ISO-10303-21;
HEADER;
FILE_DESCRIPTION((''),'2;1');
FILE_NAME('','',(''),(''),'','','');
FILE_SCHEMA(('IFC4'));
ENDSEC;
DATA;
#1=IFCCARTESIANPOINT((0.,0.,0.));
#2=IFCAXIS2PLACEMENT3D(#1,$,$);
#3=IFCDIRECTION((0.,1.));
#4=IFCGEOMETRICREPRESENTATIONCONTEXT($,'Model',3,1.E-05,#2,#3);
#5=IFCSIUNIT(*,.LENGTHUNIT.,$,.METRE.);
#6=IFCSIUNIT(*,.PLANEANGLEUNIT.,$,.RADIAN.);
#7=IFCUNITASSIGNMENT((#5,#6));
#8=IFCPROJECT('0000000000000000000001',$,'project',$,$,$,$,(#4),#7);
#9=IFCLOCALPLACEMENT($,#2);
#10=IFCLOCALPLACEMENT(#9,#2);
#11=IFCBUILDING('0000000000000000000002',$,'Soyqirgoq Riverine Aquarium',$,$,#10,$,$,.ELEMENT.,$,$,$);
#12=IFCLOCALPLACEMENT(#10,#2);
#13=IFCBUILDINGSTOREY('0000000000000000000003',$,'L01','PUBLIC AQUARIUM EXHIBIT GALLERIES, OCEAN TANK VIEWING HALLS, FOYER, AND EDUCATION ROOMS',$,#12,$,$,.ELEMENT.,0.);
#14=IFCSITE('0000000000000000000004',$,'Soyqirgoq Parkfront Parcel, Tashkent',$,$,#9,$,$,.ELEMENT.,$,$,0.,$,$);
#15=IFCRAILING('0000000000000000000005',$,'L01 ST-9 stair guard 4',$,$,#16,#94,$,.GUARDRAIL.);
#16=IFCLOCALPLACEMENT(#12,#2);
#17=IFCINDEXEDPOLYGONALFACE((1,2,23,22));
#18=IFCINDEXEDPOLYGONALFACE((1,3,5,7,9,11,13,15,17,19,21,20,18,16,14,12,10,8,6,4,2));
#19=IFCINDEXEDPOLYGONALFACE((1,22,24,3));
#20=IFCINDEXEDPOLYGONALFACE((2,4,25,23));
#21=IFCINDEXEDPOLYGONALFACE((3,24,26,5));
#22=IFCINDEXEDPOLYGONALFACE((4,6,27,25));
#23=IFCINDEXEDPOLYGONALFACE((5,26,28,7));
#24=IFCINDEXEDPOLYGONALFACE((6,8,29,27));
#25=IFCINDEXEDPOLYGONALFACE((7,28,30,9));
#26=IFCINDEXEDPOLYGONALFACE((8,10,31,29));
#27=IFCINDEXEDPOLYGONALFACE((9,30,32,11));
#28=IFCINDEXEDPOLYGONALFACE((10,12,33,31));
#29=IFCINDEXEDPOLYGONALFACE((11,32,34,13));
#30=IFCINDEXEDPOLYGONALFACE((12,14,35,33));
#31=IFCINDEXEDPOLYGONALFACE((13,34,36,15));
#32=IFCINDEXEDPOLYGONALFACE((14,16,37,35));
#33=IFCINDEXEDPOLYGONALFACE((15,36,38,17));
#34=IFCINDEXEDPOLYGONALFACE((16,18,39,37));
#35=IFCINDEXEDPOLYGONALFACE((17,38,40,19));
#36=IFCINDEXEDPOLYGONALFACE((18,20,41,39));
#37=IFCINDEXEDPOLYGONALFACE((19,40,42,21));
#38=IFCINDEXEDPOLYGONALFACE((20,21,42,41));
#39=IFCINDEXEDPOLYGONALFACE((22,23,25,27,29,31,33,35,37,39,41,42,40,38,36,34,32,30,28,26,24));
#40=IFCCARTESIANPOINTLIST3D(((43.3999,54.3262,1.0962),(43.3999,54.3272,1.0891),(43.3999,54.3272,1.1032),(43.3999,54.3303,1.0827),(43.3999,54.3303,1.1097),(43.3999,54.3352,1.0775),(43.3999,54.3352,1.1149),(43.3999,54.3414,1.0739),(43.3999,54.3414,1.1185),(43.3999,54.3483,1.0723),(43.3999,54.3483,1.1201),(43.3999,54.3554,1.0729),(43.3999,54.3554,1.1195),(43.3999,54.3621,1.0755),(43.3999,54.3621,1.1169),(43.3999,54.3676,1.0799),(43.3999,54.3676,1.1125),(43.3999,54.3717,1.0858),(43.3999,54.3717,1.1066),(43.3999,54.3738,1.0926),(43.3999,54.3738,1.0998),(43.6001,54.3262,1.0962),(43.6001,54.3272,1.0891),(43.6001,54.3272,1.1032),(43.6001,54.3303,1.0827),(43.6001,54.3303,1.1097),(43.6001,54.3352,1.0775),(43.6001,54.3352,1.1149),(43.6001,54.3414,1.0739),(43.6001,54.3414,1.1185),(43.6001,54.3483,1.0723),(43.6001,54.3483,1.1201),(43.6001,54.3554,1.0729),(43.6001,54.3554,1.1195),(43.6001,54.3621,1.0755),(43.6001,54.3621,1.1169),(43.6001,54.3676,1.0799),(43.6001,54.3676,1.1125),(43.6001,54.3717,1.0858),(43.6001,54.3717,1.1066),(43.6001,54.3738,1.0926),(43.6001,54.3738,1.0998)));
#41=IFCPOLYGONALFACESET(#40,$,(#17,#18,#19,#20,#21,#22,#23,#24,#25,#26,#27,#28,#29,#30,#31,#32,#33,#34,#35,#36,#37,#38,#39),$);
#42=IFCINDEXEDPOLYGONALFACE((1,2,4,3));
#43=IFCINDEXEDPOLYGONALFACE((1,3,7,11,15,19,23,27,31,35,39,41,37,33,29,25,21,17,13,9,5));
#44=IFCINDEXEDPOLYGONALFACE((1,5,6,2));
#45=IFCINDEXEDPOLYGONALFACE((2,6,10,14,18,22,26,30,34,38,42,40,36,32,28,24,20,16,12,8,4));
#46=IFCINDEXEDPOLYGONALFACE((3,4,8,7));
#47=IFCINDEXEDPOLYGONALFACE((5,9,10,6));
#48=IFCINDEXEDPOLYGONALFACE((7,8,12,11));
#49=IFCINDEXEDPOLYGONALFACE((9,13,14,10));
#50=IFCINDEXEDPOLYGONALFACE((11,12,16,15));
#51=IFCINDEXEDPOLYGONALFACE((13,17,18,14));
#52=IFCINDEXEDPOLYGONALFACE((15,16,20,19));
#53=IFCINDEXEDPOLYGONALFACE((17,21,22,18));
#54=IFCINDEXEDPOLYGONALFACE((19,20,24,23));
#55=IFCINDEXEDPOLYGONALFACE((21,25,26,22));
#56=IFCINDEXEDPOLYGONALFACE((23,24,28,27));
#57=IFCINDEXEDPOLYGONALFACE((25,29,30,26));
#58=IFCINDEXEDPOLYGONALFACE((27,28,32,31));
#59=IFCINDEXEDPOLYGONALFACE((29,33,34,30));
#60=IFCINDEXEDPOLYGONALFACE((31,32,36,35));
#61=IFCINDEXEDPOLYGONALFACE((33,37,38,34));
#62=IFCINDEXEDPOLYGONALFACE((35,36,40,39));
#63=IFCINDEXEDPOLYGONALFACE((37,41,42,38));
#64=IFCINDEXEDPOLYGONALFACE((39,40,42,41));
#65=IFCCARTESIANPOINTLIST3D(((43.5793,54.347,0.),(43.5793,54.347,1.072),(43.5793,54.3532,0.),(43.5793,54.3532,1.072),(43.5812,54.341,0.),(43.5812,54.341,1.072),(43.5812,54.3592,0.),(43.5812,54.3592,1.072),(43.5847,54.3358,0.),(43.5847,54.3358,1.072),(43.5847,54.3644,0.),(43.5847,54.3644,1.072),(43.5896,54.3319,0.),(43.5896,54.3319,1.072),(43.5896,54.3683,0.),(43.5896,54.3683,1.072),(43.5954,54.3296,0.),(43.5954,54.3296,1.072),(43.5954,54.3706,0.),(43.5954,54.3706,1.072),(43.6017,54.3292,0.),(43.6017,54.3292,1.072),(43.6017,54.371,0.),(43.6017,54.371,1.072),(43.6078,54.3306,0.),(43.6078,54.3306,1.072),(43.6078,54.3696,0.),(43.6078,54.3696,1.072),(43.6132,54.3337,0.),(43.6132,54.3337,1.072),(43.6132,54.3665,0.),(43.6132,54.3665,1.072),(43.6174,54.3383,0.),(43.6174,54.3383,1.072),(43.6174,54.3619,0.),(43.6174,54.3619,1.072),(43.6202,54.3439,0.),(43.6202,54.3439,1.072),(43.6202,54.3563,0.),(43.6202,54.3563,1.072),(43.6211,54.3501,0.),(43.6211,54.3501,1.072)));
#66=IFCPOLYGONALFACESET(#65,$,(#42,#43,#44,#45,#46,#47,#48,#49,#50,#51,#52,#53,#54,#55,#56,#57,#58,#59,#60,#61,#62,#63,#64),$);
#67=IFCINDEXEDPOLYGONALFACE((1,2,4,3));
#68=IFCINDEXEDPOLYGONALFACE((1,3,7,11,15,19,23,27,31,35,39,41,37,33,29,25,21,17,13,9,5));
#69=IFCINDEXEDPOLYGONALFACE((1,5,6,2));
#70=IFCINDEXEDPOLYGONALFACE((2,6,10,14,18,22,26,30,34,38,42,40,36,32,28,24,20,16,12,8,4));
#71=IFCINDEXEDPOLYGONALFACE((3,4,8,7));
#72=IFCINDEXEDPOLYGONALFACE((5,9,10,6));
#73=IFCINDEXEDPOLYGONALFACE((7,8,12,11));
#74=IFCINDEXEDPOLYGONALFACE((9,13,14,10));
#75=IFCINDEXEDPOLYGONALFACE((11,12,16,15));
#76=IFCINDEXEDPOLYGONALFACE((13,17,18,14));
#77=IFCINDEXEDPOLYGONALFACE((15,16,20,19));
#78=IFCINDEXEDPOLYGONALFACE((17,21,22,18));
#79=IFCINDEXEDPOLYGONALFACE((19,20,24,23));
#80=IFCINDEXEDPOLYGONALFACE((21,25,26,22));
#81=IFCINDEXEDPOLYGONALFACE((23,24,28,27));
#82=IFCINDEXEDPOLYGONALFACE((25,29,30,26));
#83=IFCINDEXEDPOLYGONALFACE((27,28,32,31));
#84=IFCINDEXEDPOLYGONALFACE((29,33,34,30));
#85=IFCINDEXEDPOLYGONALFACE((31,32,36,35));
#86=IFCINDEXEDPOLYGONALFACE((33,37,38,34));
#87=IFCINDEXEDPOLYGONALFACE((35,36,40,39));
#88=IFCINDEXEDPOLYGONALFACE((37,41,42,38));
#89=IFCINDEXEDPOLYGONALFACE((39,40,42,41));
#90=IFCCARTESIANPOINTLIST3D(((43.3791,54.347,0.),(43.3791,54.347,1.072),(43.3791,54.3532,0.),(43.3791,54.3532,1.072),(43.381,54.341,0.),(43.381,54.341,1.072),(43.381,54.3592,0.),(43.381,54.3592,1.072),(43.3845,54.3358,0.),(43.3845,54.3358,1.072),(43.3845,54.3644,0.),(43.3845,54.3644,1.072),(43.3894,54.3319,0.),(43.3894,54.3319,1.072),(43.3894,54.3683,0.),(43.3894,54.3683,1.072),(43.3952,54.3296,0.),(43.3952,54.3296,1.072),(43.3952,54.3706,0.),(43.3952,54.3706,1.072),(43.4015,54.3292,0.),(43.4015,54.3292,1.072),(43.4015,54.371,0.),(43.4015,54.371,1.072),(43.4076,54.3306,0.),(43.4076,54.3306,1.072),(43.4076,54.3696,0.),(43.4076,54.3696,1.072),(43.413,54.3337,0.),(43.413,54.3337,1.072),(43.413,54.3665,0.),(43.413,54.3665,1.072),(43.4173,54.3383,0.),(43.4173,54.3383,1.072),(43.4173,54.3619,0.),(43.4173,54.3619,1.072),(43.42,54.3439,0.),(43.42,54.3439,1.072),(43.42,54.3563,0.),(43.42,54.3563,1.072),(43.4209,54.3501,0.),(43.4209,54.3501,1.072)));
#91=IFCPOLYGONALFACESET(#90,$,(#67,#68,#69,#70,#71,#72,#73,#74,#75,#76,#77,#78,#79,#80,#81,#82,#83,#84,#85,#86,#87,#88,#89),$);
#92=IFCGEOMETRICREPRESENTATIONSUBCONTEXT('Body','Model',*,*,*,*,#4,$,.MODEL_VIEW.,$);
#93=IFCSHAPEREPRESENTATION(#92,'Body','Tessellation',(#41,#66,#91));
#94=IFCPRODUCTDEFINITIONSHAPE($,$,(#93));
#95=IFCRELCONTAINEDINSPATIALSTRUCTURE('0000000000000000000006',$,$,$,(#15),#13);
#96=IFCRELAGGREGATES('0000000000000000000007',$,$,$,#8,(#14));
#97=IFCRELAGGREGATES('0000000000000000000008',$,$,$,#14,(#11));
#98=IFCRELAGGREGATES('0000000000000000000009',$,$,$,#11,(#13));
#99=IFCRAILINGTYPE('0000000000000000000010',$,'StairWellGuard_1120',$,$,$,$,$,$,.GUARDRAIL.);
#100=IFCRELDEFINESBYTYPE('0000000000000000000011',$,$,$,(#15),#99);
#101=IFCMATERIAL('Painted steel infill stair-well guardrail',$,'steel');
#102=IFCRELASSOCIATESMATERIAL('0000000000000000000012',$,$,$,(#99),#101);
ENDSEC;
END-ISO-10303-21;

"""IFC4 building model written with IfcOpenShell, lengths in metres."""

from ifc_helpers import new_model, si_unit, direction, frame, origin, origin_2d, place, context, subcontext, project, spatial, circle, extrude, material, type_object, element, save


model = new_model("IFC4")

# Units and contexts
model_context = context("Model", 3, precision=1e-05, world=origin(), true_north=direction((0.0, 1.0)))
body_context = subcontext(model_context, "Body", "Model", "MODEL_VIEW")
ifc_project = project(units=[si_unit("LENGTHUNIT", "METRE"), si_unit("PLANEANGLEUNIT", "RADIAN")], contexts=[model_context])

# Site, building, storey
site_placement = place(None, origin())
site = spatial("IfcSite", under=ifc_project, at=site_placement, Name="Soyqirgoq Parkfront Parcel, Tashkent", CompositionType="ELEMENT", RefElevation=0.0)
building_placement = place(site_placement, origin())
building = spatial("IfcBuilding", under=site, at=building_placement, Name="Soyqirgoq Riverine Aquarium", CompositionType="ELEMENT")
storey_placement = place(building_placement, origin())
storey = spatial("IfcBuildingStorey", under=building, at=storey_placement, Name="L01", Description="PUBLIC AQUARIUM EXHIBIT GALLERIES, OCEAN TANK VIEWING HALLS, FOYER, AND EDUCATION ROOMS", CompositionType="ELEMENT", Elevation=0.0)

# Railing
ifc_material_1 = material(Name="Painted steel infill stair-well guardrail", Category="steel")
railing_type_1 = type_object("IfcRailingType", Name="StairWellGuard_1120", PredefinedType="GUARDRAIL", material=ifc_material_1)
railing_1_placement = place(storey_placement, frame((43.6001, 54.3501, 0.0)))
element("IfcRailing", 1, at=railing_1_placement, inside=storey, type_object=railing_type_1, Name="L01 ST-9 stair guard 4", PredefinedType="GUARDRAIL", context=body_context, shape_type="SweptSolid", body=[
    extrude(circle(Radius=0.0239, at=origin_2d()), frame((0.0, 0.0, 1.0962), z_axis=(-1.0, 0.0, 0.0), x_axis=(0.0, -1.0, 0.0)), (0.0, 0.0, 1.0), 0.2002),
    extrude(circle(Radius=0.021, at=origin_2d()), origin(), (0.0, 0.0, 1.0), 1.072),
    extrude(circle(Radius=0.021, at=origin_2d()), frame((-0.2002, 0.0, 0.0)), (0.0, 0.0, 1.0), 1.072),
])

save(model, "model.ifc")
